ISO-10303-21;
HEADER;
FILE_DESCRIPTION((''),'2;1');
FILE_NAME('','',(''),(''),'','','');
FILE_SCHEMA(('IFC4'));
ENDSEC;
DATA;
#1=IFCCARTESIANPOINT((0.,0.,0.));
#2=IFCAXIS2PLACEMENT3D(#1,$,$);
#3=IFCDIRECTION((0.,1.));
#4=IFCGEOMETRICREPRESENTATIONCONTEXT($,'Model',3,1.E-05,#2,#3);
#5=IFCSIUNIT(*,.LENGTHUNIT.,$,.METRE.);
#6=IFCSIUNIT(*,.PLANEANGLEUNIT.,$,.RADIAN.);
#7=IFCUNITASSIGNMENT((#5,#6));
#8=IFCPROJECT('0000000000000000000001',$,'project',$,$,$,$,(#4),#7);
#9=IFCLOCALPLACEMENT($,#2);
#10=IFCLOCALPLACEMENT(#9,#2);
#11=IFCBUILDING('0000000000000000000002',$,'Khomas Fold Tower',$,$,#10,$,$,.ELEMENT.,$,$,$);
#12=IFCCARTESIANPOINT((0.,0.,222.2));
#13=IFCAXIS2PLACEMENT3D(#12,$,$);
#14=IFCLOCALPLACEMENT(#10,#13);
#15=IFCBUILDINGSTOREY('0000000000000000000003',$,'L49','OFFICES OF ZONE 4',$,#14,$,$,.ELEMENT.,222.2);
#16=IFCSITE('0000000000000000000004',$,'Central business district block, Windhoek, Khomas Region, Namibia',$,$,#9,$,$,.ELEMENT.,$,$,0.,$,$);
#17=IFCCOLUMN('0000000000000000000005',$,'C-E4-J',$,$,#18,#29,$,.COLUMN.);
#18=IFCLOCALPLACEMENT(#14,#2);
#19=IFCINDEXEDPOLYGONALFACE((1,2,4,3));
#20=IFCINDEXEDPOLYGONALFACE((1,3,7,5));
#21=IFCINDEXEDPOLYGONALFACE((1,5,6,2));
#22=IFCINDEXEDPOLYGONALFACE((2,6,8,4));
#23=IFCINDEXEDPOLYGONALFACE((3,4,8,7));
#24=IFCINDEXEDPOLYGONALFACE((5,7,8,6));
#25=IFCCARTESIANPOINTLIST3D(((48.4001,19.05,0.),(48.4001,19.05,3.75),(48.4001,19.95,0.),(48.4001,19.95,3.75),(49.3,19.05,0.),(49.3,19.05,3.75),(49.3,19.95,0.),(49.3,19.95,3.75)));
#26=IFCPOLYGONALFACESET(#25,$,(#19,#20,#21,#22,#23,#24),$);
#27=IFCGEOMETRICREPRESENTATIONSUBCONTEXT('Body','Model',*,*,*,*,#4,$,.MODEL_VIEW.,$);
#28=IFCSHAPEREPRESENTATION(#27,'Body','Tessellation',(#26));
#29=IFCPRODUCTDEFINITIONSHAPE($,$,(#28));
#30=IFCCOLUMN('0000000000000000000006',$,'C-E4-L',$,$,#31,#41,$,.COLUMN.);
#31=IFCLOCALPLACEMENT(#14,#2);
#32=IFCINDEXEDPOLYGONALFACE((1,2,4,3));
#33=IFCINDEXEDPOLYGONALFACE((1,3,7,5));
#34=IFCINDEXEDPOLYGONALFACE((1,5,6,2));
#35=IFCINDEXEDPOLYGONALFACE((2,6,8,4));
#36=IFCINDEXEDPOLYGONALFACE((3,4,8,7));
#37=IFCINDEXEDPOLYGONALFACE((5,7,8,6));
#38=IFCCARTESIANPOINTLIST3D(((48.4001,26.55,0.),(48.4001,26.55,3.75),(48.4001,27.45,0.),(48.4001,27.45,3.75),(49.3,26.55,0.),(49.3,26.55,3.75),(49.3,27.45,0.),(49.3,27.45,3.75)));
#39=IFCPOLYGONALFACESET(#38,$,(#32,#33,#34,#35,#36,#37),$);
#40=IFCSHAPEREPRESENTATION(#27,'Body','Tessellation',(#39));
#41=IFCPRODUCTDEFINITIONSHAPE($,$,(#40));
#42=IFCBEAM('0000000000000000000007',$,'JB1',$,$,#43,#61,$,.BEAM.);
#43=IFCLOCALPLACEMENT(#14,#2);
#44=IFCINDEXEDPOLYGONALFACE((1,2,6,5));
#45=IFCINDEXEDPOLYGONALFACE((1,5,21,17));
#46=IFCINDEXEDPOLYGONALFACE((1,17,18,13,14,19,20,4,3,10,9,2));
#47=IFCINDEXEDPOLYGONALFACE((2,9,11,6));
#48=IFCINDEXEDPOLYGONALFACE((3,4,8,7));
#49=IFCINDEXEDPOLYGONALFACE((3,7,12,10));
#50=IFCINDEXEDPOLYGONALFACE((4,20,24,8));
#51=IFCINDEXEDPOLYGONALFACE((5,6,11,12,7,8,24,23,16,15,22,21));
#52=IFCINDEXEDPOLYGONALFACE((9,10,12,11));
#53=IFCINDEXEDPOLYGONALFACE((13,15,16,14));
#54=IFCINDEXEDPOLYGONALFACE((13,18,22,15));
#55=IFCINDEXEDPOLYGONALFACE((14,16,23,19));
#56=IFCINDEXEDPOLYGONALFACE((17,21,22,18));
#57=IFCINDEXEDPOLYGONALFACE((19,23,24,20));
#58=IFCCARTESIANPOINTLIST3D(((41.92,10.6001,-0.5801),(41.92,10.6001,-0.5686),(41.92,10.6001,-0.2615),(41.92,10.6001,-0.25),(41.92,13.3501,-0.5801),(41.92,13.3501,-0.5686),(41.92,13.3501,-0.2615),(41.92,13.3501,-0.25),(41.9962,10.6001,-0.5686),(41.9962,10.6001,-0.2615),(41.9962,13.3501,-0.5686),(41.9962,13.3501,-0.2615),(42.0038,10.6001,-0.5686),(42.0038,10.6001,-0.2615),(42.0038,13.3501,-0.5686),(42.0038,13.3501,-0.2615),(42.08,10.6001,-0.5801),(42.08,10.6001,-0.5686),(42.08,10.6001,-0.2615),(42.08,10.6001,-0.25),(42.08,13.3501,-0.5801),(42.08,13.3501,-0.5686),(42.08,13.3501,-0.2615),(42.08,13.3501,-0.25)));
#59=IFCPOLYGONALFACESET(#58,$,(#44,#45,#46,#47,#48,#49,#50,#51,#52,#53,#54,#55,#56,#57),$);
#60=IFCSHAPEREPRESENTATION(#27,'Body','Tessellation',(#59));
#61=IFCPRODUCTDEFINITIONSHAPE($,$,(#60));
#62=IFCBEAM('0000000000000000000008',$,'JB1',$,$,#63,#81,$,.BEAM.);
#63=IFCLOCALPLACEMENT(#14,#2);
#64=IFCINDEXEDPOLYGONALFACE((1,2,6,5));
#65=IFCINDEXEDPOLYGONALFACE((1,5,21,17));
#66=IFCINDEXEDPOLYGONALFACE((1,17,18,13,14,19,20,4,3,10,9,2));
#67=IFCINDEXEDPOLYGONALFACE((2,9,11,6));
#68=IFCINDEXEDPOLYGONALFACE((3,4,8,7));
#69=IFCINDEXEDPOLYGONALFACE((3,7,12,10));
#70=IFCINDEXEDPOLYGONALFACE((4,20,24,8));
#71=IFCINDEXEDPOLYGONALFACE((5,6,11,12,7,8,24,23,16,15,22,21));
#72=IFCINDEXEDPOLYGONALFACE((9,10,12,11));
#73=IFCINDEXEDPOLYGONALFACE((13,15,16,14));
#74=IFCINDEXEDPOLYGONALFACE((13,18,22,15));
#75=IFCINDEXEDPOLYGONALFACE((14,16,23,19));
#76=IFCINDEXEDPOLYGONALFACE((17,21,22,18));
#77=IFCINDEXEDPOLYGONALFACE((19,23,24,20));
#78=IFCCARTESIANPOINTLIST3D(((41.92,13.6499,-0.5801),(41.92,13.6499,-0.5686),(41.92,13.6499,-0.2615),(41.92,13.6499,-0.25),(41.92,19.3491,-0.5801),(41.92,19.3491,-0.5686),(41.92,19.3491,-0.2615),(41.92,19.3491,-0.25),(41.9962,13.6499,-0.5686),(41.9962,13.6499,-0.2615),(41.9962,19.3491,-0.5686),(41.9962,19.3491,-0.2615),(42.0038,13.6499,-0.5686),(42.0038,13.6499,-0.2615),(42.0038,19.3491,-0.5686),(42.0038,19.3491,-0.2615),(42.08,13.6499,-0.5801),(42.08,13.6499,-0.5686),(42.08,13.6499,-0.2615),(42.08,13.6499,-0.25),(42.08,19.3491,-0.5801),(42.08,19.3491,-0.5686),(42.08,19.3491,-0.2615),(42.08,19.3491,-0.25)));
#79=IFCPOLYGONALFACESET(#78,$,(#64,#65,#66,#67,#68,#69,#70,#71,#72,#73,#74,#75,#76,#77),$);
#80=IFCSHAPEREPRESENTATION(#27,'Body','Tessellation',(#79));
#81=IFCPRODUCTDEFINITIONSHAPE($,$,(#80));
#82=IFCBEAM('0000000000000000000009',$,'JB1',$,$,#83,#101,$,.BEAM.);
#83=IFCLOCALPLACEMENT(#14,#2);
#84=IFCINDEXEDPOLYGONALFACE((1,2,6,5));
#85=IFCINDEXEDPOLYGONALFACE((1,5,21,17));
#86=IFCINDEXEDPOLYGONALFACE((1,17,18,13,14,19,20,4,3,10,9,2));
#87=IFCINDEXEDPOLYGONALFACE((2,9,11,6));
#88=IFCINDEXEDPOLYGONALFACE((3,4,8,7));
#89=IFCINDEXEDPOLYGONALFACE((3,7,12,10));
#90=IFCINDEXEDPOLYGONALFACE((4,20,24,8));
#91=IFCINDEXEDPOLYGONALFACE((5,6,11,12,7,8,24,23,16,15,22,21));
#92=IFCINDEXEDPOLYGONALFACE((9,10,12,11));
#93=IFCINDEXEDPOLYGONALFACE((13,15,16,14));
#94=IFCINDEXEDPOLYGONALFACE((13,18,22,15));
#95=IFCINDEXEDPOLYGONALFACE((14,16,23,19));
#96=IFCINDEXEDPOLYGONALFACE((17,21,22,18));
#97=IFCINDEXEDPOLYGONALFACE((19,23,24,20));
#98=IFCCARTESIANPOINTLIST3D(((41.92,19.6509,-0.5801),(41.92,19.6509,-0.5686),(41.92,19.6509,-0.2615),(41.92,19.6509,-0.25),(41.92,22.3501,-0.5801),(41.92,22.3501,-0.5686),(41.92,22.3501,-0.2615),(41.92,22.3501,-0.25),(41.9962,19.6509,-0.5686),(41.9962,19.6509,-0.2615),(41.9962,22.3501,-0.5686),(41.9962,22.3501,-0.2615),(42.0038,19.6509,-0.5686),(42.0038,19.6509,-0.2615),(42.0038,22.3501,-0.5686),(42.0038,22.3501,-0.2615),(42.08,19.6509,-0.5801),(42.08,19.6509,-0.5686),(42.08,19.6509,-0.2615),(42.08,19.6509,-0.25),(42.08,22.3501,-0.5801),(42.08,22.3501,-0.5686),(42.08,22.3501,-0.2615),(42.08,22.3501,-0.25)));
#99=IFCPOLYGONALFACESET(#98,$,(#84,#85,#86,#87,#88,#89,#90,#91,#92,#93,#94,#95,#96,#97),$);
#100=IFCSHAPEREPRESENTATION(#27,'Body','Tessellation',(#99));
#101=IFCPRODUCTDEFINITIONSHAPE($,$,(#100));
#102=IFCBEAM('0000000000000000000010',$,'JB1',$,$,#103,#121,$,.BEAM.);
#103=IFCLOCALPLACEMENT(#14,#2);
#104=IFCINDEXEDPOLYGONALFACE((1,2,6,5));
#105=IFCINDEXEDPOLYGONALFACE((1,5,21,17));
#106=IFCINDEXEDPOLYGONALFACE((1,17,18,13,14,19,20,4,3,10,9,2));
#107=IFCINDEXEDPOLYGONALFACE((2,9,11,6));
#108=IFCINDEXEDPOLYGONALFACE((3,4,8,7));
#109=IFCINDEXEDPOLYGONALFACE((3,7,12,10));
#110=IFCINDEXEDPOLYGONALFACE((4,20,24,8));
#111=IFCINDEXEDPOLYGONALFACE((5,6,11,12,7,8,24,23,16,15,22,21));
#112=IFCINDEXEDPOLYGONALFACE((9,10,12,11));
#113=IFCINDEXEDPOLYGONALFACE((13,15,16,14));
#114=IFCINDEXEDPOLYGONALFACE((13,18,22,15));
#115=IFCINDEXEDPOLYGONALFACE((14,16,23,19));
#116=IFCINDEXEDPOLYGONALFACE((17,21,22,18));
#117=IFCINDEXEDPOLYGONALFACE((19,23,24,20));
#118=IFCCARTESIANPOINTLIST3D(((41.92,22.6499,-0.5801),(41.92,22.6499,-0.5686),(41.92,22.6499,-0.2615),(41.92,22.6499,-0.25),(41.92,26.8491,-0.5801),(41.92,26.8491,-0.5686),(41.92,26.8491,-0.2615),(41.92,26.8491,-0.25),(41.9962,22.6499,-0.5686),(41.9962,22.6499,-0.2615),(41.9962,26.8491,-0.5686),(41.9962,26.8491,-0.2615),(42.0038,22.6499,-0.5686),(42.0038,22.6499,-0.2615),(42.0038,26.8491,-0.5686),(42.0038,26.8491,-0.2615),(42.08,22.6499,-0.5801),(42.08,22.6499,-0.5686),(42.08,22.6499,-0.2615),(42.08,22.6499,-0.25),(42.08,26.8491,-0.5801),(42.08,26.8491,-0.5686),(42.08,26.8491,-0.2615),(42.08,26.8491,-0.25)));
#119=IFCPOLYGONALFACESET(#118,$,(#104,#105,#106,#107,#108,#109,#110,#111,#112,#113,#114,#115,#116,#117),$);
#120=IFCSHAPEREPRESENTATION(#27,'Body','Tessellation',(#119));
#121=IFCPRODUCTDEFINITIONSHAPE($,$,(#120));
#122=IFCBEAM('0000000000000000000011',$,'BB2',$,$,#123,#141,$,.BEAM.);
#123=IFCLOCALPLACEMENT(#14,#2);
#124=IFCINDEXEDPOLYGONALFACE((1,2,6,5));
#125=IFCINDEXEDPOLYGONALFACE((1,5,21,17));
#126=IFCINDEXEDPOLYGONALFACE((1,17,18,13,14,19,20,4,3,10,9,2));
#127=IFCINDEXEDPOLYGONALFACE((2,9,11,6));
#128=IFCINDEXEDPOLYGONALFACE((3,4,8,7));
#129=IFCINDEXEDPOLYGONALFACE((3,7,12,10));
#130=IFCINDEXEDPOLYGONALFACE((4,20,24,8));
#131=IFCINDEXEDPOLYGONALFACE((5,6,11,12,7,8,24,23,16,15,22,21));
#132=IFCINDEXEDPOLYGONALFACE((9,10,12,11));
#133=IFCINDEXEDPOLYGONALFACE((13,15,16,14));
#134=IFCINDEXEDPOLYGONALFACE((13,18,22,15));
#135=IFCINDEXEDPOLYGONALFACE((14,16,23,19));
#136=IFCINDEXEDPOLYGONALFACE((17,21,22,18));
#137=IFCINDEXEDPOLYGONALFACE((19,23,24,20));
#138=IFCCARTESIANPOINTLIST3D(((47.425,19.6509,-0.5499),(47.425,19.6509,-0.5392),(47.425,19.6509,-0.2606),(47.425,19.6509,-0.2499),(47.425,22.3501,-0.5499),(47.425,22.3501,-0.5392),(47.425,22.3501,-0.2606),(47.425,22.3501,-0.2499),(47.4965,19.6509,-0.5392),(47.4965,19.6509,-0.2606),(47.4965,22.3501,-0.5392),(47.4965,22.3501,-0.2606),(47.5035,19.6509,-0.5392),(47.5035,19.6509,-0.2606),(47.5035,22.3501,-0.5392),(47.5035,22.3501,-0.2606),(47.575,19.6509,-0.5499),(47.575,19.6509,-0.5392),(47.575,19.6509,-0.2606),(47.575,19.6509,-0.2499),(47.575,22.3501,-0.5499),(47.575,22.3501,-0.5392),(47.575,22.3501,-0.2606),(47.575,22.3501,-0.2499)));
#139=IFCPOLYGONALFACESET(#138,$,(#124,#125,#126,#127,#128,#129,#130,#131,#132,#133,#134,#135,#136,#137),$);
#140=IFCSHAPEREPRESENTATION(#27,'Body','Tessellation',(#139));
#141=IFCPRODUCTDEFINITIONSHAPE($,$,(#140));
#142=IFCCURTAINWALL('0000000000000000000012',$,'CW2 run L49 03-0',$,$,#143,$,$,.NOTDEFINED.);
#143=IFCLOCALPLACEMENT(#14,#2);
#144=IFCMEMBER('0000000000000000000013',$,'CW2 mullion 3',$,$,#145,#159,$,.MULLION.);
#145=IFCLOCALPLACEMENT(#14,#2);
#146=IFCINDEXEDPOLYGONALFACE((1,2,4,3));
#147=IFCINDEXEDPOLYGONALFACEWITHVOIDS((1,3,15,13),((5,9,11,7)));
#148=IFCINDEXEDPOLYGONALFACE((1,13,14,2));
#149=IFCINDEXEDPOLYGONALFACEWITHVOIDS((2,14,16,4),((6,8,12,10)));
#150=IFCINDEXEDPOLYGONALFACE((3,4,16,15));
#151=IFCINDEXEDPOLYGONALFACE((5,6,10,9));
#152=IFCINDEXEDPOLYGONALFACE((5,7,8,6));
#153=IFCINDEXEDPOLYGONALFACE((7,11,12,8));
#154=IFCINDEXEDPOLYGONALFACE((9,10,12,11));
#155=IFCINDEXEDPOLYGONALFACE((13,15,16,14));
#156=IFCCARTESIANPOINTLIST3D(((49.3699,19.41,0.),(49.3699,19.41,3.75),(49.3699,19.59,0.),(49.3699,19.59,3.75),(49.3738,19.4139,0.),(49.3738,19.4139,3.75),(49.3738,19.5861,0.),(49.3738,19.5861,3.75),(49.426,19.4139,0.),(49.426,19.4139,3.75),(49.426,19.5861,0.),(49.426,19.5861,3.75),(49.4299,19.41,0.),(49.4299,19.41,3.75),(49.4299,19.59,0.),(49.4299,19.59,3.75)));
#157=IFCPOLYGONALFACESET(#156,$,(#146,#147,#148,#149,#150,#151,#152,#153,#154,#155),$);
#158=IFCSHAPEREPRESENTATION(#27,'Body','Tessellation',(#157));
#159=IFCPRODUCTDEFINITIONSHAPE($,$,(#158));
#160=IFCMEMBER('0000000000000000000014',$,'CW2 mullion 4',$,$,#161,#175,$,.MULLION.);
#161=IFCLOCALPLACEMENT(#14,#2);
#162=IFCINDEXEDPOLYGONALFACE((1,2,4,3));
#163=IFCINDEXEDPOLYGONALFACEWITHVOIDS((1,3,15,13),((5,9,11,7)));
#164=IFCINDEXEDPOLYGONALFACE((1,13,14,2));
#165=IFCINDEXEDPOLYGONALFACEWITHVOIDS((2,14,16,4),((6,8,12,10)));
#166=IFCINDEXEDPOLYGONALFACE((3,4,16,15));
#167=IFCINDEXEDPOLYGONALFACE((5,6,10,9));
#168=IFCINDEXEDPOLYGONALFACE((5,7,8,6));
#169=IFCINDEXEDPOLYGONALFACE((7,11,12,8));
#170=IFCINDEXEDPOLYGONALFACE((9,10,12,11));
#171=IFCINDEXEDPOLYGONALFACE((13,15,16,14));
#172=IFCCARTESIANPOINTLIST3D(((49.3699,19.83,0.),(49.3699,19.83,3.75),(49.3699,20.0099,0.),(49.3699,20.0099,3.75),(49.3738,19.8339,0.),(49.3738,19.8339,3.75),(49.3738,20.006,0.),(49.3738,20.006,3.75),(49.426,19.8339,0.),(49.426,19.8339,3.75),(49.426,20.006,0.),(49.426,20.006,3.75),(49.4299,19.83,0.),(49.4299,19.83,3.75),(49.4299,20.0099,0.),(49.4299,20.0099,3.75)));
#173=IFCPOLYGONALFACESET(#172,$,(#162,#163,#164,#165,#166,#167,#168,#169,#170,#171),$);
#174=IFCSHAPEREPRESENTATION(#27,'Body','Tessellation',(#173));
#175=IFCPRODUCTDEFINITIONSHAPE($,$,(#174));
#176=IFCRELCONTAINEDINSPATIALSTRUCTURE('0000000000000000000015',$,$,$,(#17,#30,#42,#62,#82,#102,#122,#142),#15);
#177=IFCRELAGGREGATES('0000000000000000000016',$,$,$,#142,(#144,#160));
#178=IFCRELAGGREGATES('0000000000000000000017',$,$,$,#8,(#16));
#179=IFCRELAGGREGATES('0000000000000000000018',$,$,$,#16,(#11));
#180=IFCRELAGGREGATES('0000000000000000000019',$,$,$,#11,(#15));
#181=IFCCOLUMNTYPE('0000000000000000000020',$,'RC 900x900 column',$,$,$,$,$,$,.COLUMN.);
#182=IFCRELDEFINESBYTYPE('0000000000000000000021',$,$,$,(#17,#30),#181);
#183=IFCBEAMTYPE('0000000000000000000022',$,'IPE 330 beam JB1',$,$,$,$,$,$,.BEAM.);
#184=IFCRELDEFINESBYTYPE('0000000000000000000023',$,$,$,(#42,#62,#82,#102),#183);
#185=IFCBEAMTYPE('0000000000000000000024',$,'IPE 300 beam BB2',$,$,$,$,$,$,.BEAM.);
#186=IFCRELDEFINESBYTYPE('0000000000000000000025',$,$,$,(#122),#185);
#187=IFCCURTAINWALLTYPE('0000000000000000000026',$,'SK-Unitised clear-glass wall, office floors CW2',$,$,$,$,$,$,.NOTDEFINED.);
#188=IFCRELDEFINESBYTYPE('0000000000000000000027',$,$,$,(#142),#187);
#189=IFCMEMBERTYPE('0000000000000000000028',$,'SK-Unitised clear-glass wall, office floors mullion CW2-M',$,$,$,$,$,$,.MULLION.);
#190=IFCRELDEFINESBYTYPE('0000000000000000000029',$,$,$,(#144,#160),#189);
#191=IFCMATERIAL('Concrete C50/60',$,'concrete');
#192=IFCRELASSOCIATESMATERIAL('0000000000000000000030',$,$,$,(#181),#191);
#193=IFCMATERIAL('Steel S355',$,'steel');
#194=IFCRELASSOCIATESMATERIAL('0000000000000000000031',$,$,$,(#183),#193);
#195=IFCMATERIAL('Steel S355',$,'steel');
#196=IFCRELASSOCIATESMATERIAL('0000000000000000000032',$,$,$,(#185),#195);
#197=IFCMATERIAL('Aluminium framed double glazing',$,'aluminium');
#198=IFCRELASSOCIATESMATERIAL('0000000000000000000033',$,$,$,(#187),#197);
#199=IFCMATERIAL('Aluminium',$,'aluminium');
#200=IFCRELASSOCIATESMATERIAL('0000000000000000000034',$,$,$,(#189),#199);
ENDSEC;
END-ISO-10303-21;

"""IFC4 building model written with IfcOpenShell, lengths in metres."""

from ifc_helpers import new_model, si_unit, direction, frame, origin, origin_2d, place, context, subcontext, project, spatial, rectangle, hollow_rectangle, i_section, extrude, source, transform, mapped, material, material_profile, profile_set, type_object, element, aggregate, save


model = new_model("IFC4")

# Units and contexts
model_context = context("Model", 3, precision=1e-05, world=origin(), true_north=direction((0.0, 1.0)))
body_context = subcontext(model_context, "Body", "Model", "MODEL_VIEW")
ifc_project = project(units=[si_unit("LENGTHUNIT", "METRE"), si_unit("PLANEANGLEUNIT", "RADIAN")], contexts=[model_context])

# Site, building, storey
site_placement = place(None, origin())
site = spatial("IfcSite", under=ifc_project, at=site_placement, Name="Central business district block, Windhoek, Khomas Region, Namibia", CompositionType="ELEMENT", RefElevation=0.0)
building_placement = place(site_placement, origin())
building = spatial("IfcBuilding", under=site, at=building_placement, Name="Khomas Fold Tower", CompositionType="ELEMENT")
storey_placement = place(building_placement, frame((0.0, 0.0, 222.2)))
storey = spatial("IfcBuildingStorey", under=building, at=storey_placement, Name="L49", Description="OFFICES OF ZONE 4", CompositionType="ELEMENT", Elevation=222.2)

# Columns
ifc_material_1 = material(Name="Concrete C50/60", Category="concrete")
ifc_material_profile_1 = material_profile(ifc_material_1, rectangle(XDim=0.8999, YDim=0.8999, at=origin_2d()), Name="RC 900x900")
ifc_profile_set_1 = profile_set([ifc_material_profile_1], Name="Concrete C50/60")
column_type = type_object("IfcColumnType", Name="RC 900x900 column", PredefinedType="COLUMN", material=ifc_profile_set_1)
shared_shape_1 = source(origin(), body_context, "Body", "SweptSolid", [
    extrude(rectangle(XDim=0.8999, YDim=0.8999, at=origin_2d()), origin(), (0.0, 0.0, 1.0), 3.75),
])
for number, where, z_axis, x_axis, name in (
    (1, (48.8501, 19.5, 0.0), (0.0, 0.0, 1.0), (1.0, 0.0, 0.0), "C-E4-J"),
    (2, (48.8501, 27.0, 0.0), (0.0, 0.0, 1.0), (1.0, 0.0, 0.0), "C-E4-L"),
):
    element("IfcColumn", number, at=place(storey_placement, frame(where, z_axis=z_axis, x_axis=x_axis)), inside=storey, type_object=column_type, Name=name, PredefinedType="COLUMN", context=body_context, shape_type="MappedRepresentation", body=[
        mapped(shared_shape_1, transform((0.0, 0.0, 0.0))),
    ])

# Beams
ifc_material_2 = material(Name="Steel S355", Category="steel")
ifc_material_profile_2 = material_profile(ifc_material_2, i_section(OverallWidth=0.1599, OverallDepth=0.3301, WebThickness=0.0076, FlangeThickness=0.0115, at=origin_2d()), Name="IPE 330")
ifc_profile_set_2 = profile_set([ifc_material_profile_2], Name="Steel S355")
beam_type_1 = type_object("IfcBeamType", Name="IPE 330 beam JB1", PredefinedType="BEAM", material=ifc_profile_set_2)
shared_shape_2 = source(origin(), body_context, "Body", "SweptSolid", [
    extrude(i_section(OverallWidth=0.1599, OverallDepth=0.3301, WebThickness=0.0076, FlangeThickness=0.0115, at=origin_2d()), origin(), (0.0, 0.0, 1.0), 2.75),
])
beam_1_placement = place(storey_placement, frame((42.0, 10.6001, -0.415), z_axis=(0.0, 1.0, 0.0), x_axis=(-1.0, 0.0, 0.0)))
element("IfcBeam", 3, at=beam_1_placement, inside=storey, type_object=beam_type_1, Name="JB1", PredefinedType="BEAM", context=body_context, shape_type="MappedRepresentation", body=[
    mapped(shared_shape_2, transform((0.0, 0.0, 0.0))),
])
shared_shape_3 = source(origin(), body_context, "Body", "SweptSolid", [
    extrude(i_section(OverallWidth=0.1599, OverallDepth=0.3301, WebThickness=0.0076, FlangeThickness=0.0115, at=origin_2d()), origin(), (0.0, 0.0, 1.0), 5.6992),
])
beam_2_placement = place(storey_placement, frame((42.0, 13.6499, -0.415), z_axis=(0.0, 1.0, 0.0), x_axis=(-1.0, 0.0, 0.0)))
element("IfcBeam", 4, at=beam_2_placement, inside=storey, type_object=beam_type_1, Name="JB1", PredefinedType="BEAM", context=body_context, shape_type="MappedRepresentation", body=[
    mapped(shared_shape_3, transform((0.0, 0.0, 0.0))),
])
shared_shape_4 = source(origin(), body_context, "Body", "SweptSolid", [
    extrude(i_section(OverallWidth=0.1599, OverallDepth=0.3301, WebThickness=0.0076, FlangeThickness=0.0115, at=origin_2d()), origin(), (0.0, 0.0, 1.0), 2.6992),
])
beam_3_placement = place(storey_placement, frame((42.0, 19.6509, -0.415), z_axis=(0.0, 1.0, 0.0), x_axis=(-1.0, 0.0, 0.0)))
element("IfcBeam", 5, at=beam_3_placement, inside=storey, type_object=beam_type_1, Name="JB1", PredefinedType="BEAM", context=body_context, shape_type="MappedRepresentation", body=[
    mapped(shared_shape_4, transform((0.0, 0.0, 0.0))),
])
shared_shape_5 = source(origin(), body_context, "Body", "SweptSolid", [
    extrude(i_section(OverallWidth=0.1599, OverallDepth=0.3301, WebThickness=0.0076, FlangeThickness=0.0115, at=origin_2d()), origin(), (0.0, 0.0, 1.0), 4.1992),
])
beam_4_placement = place(storey_placement, frame((42.0, 22.6499, -0.415), z_axis=(0.0, 1.0, 0.0), x_axis=(-1.0, 0.0, 0.0)))
element("IfcBeam", 6, at=beam_4_placement, inside=storey, type_object=beam_type_1, Name="JB1", PredefinedType="BEAM", context=body_context, shape_type="MappedRepresentation", body=[
    mapped(shared_shape_5, transform((0.0, 0.0, 0.0))),
])
ifc_material_3 = material(Name="Steel S355", Category="steel")
ifc_material_profile_3 = material_profile(ifc_material_3, i_section(OverallWidth=0.1499, OverallDepth=0.3, WebThickness=0.0071, FlangeThickness=0.0107, at=origin_2d()), Name="IPE 300")
ifc_profile_set_3 = profile_set([ifc_material_profile_3], Name="Steel S355")
beam_type_2 = type_object("IfcBeamType", Name="IPE 300 beam BB2", PredefinedType="BEAM", material=ifc_profile_set_3)
shared_shape_6 = source(origin(), body_context, "Body", "SweptSolid", [
    extrude(i_section(OverallWidth=0.1499, OverallDepth=0.3, WebThickness=0.0071, FlangeThickness=0.0107, at=origin_2d()), origin(), (0.0, 0.0, 1.0), 2.6992),
])
beam_5_placement = place(storey_placement, frame((47.5, 19.6509, -0.3999), z_axis=(0.0, 1.0, 0.0), x_axis=(-1.0, 0.0, 0.0)))
element("IfcBeam", 7, at=beam_5_placement, inside=storey, type_object=beam_type_2, Name="BB2", PredefinedType="BEAM", context=body_context, shape_type="MappedRepresentation", body=[
    mapped(shared_shape_6, transform((0.0, 0.0, 0.0))),
])

# Curtain wall, members
ifc_material_4 = material(Name="Aluminium framed double glazing", Category="aluminium")
curtain_wall_type = type_object("IfcCurtainWallType", Name="SK-Unitised clear-glass wall, office floors CW2", PredefinedType="NOTDEFINED", material=ifc_material_4)
curtain_wall_1_placement = place(storey_placement, origin())
curtain_wall_1 = element("IfcCurtainWall", 8, at=curtain_wall_1_placement, inside=storey, type_object=curtain_wall_type, Name="CW2 run L49 03-0", PredefinedType="NOTDEFINED")
ifc_material_5 = material(Name="Aluminium", Category="aluminium")
ifc_material_profile_4 = material_profile(ifc_material_5, hollow_rectangle(XDim=0.0601, YDim=0.1799, WallThickness=0.0039, at=origin_2d()), Name="SK-Unitised clear-glass wall, office floors mullion CW2-M")
ifc_profile_set_4 = profile_set([ifc_material_profile_4], Name="Aluminium")
member_type_1 = type_object("IfcMemberType", Name="SK-Unitised clear-glass wall, office floors mullion CW2-M", PredefinedType="MULLION", material=ifc_profile_set_4)
shared_shape_7 = source(origin(), body_context, "Body", "SweptSolid", [
    extrude(hollow_rectangle(XDim=0.0601, YDim=0.1799, WallThickness=0.0039, at=origin_2d()), origin(), (0.0, 0.0, 1.0), 3.75),
])
member_1_placement = place(storey_placement, frame((49.3999, 19.5, 0.0), z_axis=(0.0, 0.0, 1.0), x_axis=(-1.0, 0.0, 0.0)))
member_1 = element("IfcMember", 9, at=member_1_placement, type_object=member_type_1, Name="CW2 mullion 3", PredefinedType="MULLION", context=body_context, shape_type="MappedRepresentation", body=[
    mapped(shared_shape_7, transform((0.0, 0.0, 0.0))),
])
member_2_placement = place(storey_placement, frame((49.3999, 19.9199, 0.0), z_axis=(0.0, 0.0, 1.0), x_axis=(-1.0, 0.0, 0.0)))
member_2 = element("IfcMember", 10, at=member_2_placement, type_object=member_type_1, Name="CW2 mullion 4", PredefinedType="MULLION", context=body_context, shape_type="MappedRepresentation", body=[
    mapped(shared_shape_7, transform((0.0, 0.0, 0.0))),
])

aggregate(curtain_wall_1, [member_1, member_2])

save(model, "model.ifc")
